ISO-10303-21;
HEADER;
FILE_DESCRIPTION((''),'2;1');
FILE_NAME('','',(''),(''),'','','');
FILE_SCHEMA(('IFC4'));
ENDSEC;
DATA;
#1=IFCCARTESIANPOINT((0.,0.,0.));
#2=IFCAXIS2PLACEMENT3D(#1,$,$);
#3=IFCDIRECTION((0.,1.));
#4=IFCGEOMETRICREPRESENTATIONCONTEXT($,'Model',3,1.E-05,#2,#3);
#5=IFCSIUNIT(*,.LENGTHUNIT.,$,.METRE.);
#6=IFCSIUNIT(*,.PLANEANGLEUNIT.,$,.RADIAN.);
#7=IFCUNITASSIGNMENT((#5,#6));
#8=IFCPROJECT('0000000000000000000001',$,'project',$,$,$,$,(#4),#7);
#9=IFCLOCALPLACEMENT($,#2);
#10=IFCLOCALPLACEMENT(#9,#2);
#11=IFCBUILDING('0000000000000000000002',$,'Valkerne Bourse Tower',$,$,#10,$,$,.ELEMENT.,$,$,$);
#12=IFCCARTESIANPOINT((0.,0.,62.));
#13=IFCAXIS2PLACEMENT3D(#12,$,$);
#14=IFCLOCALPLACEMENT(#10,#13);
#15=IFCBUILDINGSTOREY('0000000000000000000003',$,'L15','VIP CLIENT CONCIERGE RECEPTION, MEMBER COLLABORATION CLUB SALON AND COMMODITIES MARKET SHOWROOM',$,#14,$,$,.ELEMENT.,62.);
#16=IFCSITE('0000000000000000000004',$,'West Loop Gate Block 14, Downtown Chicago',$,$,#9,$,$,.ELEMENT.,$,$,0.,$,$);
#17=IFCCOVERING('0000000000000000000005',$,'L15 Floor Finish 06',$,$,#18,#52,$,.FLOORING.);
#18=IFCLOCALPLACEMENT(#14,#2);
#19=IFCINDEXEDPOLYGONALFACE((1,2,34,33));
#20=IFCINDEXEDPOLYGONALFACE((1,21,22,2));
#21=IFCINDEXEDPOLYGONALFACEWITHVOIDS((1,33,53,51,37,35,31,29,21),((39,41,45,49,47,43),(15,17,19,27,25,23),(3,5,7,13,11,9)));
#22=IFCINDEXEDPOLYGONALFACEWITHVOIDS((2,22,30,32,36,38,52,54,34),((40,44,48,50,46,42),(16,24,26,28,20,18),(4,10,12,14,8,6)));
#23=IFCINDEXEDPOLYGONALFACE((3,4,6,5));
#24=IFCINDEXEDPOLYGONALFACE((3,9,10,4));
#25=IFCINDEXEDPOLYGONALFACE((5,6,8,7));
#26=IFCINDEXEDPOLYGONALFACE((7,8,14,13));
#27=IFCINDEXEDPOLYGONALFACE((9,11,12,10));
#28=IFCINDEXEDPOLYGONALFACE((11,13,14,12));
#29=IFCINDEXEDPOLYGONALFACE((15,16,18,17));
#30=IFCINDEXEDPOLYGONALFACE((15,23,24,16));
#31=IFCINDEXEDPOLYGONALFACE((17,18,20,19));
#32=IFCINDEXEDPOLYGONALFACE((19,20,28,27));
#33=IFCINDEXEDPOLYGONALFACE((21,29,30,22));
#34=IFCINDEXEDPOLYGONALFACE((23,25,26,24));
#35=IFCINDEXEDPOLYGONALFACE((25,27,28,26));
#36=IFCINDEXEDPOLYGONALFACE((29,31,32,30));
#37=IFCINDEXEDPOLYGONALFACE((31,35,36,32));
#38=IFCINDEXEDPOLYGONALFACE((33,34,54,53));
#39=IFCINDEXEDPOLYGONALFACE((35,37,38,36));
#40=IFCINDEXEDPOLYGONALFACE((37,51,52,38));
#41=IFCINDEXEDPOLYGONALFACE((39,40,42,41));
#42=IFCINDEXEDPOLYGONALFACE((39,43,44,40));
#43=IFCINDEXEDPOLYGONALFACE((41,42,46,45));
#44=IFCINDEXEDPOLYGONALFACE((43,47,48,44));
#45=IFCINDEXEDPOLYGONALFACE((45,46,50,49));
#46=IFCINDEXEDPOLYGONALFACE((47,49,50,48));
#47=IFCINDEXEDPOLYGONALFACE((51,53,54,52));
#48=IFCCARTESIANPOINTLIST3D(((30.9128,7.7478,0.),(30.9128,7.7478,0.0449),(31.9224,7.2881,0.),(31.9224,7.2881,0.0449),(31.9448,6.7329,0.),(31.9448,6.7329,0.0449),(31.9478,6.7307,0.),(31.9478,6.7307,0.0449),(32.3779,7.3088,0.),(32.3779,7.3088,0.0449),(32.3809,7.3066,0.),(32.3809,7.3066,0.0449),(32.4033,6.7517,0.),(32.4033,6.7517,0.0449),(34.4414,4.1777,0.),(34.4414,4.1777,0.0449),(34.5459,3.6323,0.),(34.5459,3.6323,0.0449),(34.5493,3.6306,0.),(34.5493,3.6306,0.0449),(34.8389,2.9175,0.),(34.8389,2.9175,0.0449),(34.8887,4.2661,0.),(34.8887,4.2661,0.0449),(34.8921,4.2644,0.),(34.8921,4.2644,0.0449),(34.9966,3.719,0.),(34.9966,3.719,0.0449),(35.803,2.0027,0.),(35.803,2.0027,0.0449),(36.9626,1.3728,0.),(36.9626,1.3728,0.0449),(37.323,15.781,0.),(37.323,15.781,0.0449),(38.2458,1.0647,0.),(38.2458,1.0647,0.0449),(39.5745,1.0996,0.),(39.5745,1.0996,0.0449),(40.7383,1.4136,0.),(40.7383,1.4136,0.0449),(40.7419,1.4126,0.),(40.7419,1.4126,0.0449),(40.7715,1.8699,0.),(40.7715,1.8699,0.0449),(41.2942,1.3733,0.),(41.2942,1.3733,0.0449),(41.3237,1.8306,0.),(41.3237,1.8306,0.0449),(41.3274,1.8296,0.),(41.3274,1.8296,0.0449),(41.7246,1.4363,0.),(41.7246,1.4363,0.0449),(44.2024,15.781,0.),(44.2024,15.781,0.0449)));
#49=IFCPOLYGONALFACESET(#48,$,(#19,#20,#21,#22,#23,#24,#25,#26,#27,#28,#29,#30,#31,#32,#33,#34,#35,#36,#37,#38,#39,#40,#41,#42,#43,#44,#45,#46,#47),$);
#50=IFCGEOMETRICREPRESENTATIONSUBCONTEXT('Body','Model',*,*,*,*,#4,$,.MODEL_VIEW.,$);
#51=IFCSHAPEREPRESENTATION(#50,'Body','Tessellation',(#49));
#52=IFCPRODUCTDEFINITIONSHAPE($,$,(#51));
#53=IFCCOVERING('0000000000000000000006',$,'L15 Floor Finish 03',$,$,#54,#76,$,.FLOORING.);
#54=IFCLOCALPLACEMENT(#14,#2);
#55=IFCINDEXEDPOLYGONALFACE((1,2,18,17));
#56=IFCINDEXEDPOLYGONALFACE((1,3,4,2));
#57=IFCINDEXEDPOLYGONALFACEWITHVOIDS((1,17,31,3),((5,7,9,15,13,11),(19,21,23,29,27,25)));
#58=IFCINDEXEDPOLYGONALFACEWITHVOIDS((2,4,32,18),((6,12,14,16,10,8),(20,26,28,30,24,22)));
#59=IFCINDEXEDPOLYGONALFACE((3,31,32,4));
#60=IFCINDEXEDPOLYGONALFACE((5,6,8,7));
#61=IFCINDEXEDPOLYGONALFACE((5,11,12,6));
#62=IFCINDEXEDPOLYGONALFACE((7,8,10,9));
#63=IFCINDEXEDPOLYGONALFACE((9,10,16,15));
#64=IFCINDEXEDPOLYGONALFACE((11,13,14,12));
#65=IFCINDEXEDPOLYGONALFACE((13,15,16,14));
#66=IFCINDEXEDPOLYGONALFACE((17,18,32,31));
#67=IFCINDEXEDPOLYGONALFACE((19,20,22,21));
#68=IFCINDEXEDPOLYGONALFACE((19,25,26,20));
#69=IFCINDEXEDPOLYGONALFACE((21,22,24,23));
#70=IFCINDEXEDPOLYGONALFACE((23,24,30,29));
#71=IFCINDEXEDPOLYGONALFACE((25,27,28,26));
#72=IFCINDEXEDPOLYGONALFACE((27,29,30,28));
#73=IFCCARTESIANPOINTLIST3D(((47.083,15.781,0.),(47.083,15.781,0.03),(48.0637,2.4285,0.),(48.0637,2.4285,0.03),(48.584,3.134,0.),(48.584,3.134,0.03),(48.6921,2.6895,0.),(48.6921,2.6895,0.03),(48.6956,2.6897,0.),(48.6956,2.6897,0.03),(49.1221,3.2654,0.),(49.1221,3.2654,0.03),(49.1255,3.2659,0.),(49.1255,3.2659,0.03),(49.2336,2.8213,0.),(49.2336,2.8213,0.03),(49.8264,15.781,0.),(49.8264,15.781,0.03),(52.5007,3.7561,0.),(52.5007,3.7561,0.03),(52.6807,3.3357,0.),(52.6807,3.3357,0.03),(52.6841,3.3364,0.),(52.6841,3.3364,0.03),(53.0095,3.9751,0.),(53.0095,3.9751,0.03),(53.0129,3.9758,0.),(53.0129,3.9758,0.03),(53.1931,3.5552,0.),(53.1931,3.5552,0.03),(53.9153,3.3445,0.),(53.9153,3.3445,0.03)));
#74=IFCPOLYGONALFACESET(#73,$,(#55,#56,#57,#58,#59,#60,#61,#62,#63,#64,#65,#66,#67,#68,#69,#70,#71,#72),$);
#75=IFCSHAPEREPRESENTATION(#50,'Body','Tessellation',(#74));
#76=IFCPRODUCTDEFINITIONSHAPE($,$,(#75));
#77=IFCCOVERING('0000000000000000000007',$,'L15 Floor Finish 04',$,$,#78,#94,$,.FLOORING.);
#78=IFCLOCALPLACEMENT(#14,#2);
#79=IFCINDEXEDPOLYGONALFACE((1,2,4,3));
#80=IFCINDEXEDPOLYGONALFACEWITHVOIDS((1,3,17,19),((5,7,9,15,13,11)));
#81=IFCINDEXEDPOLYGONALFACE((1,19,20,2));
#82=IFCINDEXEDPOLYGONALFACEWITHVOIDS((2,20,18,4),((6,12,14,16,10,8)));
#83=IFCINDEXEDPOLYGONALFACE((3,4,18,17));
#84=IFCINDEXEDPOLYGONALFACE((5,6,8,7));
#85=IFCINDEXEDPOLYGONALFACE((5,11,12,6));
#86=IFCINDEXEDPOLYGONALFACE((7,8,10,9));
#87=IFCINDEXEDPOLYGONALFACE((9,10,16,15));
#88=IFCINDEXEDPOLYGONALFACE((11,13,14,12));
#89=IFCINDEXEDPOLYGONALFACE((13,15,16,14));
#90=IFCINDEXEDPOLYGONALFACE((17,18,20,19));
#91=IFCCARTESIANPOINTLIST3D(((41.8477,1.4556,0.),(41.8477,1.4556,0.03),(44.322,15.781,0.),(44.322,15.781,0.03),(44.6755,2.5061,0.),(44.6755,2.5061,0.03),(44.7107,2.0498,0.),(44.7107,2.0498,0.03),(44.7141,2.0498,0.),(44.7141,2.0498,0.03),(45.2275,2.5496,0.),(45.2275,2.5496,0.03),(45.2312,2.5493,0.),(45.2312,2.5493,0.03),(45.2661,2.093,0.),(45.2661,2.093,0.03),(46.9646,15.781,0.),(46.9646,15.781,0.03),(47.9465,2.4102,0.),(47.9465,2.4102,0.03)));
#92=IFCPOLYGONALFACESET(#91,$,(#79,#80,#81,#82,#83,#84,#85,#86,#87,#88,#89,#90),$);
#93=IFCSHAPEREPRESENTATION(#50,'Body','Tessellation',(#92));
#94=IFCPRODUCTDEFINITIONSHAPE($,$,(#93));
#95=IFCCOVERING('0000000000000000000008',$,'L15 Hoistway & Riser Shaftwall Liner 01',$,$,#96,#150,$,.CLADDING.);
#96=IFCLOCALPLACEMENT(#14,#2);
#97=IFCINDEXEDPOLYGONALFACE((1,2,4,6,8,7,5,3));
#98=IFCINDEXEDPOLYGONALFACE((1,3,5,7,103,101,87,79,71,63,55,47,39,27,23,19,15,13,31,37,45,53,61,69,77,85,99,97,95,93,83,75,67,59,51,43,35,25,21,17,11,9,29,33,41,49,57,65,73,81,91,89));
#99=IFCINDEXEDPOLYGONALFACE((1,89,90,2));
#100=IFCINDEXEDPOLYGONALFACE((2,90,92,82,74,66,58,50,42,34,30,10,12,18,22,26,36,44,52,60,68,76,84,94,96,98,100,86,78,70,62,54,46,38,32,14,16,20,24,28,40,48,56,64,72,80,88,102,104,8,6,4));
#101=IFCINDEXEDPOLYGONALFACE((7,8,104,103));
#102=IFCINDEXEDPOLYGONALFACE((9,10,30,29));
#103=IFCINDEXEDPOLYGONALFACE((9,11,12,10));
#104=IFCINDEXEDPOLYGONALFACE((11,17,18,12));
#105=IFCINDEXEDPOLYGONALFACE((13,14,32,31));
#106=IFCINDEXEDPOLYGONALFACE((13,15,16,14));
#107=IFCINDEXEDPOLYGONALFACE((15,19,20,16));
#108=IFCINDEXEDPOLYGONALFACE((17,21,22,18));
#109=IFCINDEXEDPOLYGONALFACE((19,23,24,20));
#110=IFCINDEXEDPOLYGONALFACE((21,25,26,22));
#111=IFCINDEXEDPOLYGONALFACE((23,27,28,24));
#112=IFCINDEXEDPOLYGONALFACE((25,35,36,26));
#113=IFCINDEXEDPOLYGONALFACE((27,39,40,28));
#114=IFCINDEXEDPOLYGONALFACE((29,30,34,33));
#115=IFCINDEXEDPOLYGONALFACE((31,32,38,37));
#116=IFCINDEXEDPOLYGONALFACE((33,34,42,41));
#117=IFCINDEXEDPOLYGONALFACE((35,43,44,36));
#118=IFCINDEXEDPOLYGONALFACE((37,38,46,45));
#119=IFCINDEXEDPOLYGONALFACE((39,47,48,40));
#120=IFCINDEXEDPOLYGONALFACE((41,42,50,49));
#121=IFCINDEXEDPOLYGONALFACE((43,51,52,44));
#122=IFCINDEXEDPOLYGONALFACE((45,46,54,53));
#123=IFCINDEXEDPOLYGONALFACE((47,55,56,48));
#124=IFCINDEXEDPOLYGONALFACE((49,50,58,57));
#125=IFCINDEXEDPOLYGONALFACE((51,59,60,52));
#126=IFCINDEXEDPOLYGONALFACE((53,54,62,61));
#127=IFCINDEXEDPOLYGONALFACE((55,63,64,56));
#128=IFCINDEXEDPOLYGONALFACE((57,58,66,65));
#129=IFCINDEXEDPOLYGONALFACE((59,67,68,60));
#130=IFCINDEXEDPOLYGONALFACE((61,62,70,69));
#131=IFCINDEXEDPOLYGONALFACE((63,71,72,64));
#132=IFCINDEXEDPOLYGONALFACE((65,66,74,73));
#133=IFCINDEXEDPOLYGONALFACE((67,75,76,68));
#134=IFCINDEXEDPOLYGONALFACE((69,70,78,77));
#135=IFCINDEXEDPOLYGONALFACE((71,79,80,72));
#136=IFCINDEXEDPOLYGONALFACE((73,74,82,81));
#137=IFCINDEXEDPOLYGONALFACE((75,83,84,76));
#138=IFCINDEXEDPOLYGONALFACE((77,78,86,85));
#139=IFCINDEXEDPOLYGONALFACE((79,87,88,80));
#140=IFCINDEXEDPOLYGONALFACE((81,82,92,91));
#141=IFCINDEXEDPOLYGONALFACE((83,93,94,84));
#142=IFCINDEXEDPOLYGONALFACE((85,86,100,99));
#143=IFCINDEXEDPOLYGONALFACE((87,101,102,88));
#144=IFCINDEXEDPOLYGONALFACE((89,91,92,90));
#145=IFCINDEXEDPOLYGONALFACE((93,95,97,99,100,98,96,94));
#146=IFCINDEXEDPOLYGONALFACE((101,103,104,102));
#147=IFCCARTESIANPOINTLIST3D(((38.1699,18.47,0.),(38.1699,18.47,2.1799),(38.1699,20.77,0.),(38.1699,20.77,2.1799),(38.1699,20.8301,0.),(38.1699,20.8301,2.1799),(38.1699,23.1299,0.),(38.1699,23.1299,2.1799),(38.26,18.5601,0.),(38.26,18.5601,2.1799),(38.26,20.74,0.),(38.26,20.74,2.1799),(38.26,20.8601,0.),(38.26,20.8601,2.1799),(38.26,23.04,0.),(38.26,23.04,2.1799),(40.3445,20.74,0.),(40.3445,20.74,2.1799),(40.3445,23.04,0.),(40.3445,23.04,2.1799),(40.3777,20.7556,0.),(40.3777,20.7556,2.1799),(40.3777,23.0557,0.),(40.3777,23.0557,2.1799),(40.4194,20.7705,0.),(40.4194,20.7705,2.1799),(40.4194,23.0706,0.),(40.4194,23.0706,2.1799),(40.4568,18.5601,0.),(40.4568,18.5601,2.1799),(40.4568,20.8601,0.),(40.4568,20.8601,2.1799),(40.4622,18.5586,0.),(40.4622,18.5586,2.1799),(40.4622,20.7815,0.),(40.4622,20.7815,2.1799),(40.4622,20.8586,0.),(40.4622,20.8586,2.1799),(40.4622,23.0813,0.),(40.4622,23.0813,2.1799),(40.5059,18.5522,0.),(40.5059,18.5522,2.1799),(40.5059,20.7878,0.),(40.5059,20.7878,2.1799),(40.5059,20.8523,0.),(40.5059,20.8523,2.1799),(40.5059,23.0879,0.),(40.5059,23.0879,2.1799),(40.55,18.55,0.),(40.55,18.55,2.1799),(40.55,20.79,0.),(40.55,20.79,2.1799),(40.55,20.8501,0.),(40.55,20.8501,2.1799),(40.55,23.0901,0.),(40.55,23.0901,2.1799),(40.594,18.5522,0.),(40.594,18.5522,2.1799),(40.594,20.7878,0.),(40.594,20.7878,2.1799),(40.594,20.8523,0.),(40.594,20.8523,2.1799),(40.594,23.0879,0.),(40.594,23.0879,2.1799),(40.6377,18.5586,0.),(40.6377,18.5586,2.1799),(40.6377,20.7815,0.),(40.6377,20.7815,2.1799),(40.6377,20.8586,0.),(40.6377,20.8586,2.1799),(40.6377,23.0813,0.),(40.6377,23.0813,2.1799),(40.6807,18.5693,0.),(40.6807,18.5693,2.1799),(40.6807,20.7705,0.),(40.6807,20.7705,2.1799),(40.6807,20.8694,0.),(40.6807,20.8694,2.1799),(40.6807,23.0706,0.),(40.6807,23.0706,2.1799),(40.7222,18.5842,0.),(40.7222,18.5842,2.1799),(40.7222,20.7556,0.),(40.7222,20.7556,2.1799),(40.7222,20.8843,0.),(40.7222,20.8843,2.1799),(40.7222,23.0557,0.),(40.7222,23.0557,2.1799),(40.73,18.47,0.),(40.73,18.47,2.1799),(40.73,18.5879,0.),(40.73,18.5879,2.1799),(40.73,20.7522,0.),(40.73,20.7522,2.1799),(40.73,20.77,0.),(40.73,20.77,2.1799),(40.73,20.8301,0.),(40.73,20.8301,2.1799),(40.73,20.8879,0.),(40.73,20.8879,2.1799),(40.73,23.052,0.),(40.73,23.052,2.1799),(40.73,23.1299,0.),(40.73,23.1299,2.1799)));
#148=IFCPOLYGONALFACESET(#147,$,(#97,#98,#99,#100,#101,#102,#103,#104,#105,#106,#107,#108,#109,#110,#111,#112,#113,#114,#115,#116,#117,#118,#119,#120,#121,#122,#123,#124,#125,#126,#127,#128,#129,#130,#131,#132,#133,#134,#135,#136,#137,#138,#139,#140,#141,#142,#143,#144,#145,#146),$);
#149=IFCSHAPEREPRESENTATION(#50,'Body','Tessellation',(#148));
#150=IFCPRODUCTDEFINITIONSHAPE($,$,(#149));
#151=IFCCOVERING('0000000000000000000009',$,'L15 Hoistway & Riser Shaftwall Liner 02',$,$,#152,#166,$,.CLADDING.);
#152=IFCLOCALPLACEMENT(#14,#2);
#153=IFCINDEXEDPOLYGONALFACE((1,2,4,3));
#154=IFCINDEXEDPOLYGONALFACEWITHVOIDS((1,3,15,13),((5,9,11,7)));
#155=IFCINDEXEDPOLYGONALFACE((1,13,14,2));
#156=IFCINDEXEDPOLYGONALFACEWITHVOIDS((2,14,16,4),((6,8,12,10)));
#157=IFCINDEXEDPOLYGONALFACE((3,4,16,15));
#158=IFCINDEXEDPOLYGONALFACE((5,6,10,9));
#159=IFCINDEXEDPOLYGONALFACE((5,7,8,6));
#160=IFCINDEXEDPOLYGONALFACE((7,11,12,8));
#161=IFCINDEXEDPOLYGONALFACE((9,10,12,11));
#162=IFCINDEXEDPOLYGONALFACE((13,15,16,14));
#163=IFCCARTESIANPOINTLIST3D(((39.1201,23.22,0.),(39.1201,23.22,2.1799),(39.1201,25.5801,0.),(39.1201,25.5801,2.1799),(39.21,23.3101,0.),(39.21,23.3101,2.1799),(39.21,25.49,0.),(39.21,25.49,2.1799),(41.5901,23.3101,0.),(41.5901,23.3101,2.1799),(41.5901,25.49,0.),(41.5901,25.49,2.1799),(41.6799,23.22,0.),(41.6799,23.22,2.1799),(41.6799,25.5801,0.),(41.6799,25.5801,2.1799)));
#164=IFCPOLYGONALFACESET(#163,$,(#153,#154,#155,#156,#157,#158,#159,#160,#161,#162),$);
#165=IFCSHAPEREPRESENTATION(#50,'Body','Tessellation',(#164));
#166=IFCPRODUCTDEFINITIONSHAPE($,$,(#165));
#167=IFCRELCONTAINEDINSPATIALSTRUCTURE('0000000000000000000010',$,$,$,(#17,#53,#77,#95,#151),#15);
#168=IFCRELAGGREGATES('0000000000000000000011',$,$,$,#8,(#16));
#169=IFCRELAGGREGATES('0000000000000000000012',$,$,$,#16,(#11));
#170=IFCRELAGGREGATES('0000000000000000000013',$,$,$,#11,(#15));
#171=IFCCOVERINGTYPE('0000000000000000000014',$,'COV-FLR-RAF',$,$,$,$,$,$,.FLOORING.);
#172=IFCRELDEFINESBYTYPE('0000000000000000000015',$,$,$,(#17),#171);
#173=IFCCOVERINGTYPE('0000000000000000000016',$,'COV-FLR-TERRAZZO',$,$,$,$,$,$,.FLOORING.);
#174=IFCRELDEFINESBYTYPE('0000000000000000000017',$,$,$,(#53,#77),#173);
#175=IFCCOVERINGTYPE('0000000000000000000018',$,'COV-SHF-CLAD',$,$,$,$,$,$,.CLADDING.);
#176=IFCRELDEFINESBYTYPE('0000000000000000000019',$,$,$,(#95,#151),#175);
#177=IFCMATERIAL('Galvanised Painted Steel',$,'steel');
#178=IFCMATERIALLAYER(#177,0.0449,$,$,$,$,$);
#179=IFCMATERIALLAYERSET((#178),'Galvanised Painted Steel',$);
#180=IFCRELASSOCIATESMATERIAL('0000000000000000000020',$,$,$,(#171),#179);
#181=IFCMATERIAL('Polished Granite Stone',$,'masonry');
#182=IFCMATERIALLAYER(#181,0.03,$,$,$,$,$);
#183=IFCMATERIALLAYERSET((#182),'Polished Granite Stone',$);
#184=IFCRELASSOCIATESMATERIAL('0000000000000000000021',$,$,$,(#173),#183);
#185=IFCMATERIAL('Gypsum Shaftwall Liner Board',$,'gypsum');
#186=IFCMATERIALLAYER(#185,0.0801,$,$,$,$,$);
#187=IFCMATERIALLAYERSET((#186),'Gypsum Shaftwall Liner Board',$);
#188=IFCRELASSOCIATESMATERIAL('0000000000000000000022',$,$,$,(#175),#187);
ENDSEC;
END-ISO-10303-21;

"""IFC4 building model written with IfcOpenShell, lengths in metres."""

from ifc_helpers import new_model, si_unit, direction, frame, origin, place, context, subcontext, project, spatial, polyline, outline, extrude, material, layer, layer_set, type_object, element, save


model = new_model("IFC4")

# Units and contexts
model_context = context("Model", 3, precision=1e-05, world=origin(), true_north=direction((0.0, 1.0)))
body_context = subcontext(model_context, "Body", "Model", "MODEL_VIEW")
ifc_project = project(units=[si_unit("LENGTHUNIT", "METRE"), si_unit("PLANEANGLEUNIT", "RADIAN")], contexts=[model_context])

# Site, building, storey
site_placement = place(None, origin())
site = spatial("IfcSite", under=ifc_project, at=site_placement, Name="West Loop Gate Block 14, Downtown Chicago", CompositionType="ELEMENT", RefElevation=0.0)
building_placement = place(site_placement, origin())
building = spatial("IfcBuilding", under=site, at=building_placement, Name="Valkerne Bourse Tower", CompositionType="ELEMENT")
storey_placement = place(building_placement, frame((0.0, 0.0, 62.0)))
storey = spatial("IfcBuildingStorey", under=building, at=storey_placement, Name="L15", Description="VIP CLIENT CONCIERGE RECEPTION, MEMBER COLLABORATION CLUB SALON AND COMMODITIES MARKET SHOWROOM", CompositionType="ELEMENT", Elevation=62.0)

# Coverings
ifc_material_1 = material(Name="Galvanised Painted Steel", Category="steel")
ifc_layer_1 = layer(ifc_material_1, 0.0449)
ifc_layer_set_1 = layer_set([ifc_layer_1], Name="Galvanised Painted Steel")
covering_type_1 = type_object("IfcCoveringType", Name="COV-FLR-RAF", PredefinedType="FLOORING", material=ifc_layer_set_1)
covering_1_placement = place(storey_placement, origin())
element("IfcCovering", 1, at=covering_1_placement, inside=storey, type_object=covering_type_1, Name="L15 Floor Finish 06", PredefinedType="FLOORING", context=body_context, shape_type="SweptSolid", body=[
    extrude(outline(polyline([(36.9626, 1.3728), (35.803, 2.0027), (34.8389, 2.9175), (30.9128, 7.7478), (37.323, 15.781), (44.2024, 15.781), (41.7246, 1.4363), (39.5745, 1.0996), (38.2458, 1.0647), (36.9626, 1.3728)]), holes=[polyline([(34.8921, 4.2644), (34.8887, 4.2661), (34.4414, 4.1777), (34.5459, 3.6323), (34.5493, 3.6306), (34.9966, 3.719), (34.8921, 4.2644)]), polyline([(32.3809, 7.3066), (32.3779, 7.3088), (31.9224, 7.2881), (31.9448, 6.7329), (31.9478, 6.7307), (32.4033, 6.7517), (32.3809, 7.3066)]), polyline([(41.3274, 1.8296), (41.3237, 1.8306), (40.7715, 1.8699), (40.7383, 1.4136), (40.7419, 1.4126), (41.2942, 1.3733), (41.3274, 1.8296)])]), origin(), (0.0, 0.0, 1.0), 0.0449),
])
ifc_material_2 = material(Name="Polished Granite Stone", Category="masonry")
ifc_layer_2 = layer(ifc_material_2, 0.03)
ifc_layer_set_2 = layer_set([ifc_layer_2], Name="Polished Granite Stone")
covering_type_2 = type_object("IfcCoveringType", Name="COV-FLR-TERRAZZO", PredefinedType="FLOORING", material=ifc_layer_set_2)
covering_2_placement = place(storey_placement, origin())
element("IfcCovering", 2, at=covering_2_placement, inside=storey, type_object=covering_type_2, Name="L15 Floor Finish 03", PredefinedType="FLOORING", context=body_context, shape_type="SweptSolid", body=[
    extrude(outline(polyline([(49.8264, 15.781), (53.9153, 3.3445), (48.0637, 2.4285), (47.083, 15.781), (49.8264, 15.781)]), holes=[polyline([(48.6956, 2.6897), (49.2336, 2.8213), (49.1255, 3.2659), (49.1221, 3.2654), (48.584, 3.134), (48.6921, 2.6895), (48.6956, 2.6897)]), polyline([(52.6841, 3.3364), (53.1931, 3.5552), (53.0129, 3.9758), (53.0095, 3.9751), (52.5007, 3.7561), (52.6807, 3.3357), (52.6841, 3.3364)])]), origin(), (0.0, 0.0, 1.0), 0.03),
])
covering_3_placement = place(storey_placement, origin())
element("IfcCovering", 3, at=covering_3_placement, inside=storey, type_object=covering_type_2, Name="L15 Floor Finish 04", PredefinedType="FLOORING", context=body_context, shape_type="SweptSolid", body=[
    extrude(outline(polyline([(46.9646, 15.781), (47.9465, 2.4102), (41.8477, 1.4556), (44.322, 15.781), (46.9646, 15.781)]), holes=[polyline([(45.2312, 2.5493), (45.2275, 2.5496), (44.6755, 2.5061), (44.7107, 2.0498), (44.7141, 2.0498), (45.2661, 2.093), (45.2312, 2.5493)])]), origin(), (0.0, 0.0, 1.0), 0.03),
])
ifc_material_3 = material(Name="Gypsum Shaftwall Liner Board", Category="gypsum")
ifc_layer_3 = layer(ifc_material_3, 0.0801)
ifc_layer_set_3 = layer_set([ifc_layer_3], Name="Gypsum Shaftwall Liner Board")
covering_type_3 = type_object("IfcCoveringType", Name="COV-SHF-CLAD", PredefinedType="CLADDING", material=ifc_layer_set_3)
covering_4_placement = place(storey_placement, origin())
element("IfcCovering", 4, at=covering_4_placement, inside=storey, type_object=covering_type_3, Name="L15 Hoistway & Riser Shaftwall Liner 01", PredefinedType="CLADDING", context=body_context, shape_type="SweptSolid", body=[
    extrude(outline(polyline([(38.1699, 23.1299), (40.73, 23.1299), (40.73, 23.052), (40.7222, 23.0557), (40.6807, 23.0706), (40.6377, 23.0813), (40.594, 23.0879), (40.55, 23.0901), (40.5059, 23.0879), (40.4622, 23.0813), (40.4194, 23.0706), (40.3777, 23.0557), (40.3445, 23.04), (38.26, 23.04), (38.26, 20.8601), (40.4568, 20.8601), (40.4622, 20.8586), (40.5059, 20.8523), (40.55, 20.8501), (40.594, 20.8523), (40.6377, 20.8586), (40.6807, 20.8694), (40.7222, 20.8843), (40.73, 20.8879), (40.73, 20.8301), (40.73, 20.77), (40.73, 20.7522), (40.7222, 20.7556), (40.6807, 20.7705), (40.6377, 20.7815), (40.594, 20.7878), (40.55, 20.79), (40.5059, 20.7878), (40.4622, 20.7815), (40.4194, 20.7705), (40.3777, 20.7556), (40.3445, 20.74), (38.26, 20.74), (38.26, 18.5601), (40.4568, 18.5601), (40.4622, 18.5586), (40.5059, 18.5522), (40.55, 18.55), (40.594, 18.5522), (40.6377, 18.5586), (40.6807, 18.5693), (40.7222, 18.5842), (40.73, 18.5879), (40.73, 18.47), (38.1699, 18.47), (38.1699, 20.77), (38.1699, 20.8301), (38.1699, 23.1299)])), origin(), (0.0, 0.0, 1.0), 2.1799),
])
covering_5_placement = place(storey_placement, origin())
element("IfcCovering", 5, at=covering_5_placement, inside=storey, type_object=covering_type_3, Name="L15 Hoistway & Riser Shaftwall Liner 02", PredefinedType="CLADDING", context=body_context, shape_type="SweptSolid", body=[
    extrude(outline(polyline([(41.6799, 23.22), (39.1201, 23.22), (39.1201, 25.5801), (41.6799, 25.5801), (41.6799, 23.22)]), holes=[polyline([(39.21, 25.49), (39.21, 23.3101), (41.5901, 23.3101), (41.5901, 25.49), (39.21, 25.49)])]), origin(), (0.0, 0.0, 1.0), 2.1799),
])

save(model, "model.ifc")
